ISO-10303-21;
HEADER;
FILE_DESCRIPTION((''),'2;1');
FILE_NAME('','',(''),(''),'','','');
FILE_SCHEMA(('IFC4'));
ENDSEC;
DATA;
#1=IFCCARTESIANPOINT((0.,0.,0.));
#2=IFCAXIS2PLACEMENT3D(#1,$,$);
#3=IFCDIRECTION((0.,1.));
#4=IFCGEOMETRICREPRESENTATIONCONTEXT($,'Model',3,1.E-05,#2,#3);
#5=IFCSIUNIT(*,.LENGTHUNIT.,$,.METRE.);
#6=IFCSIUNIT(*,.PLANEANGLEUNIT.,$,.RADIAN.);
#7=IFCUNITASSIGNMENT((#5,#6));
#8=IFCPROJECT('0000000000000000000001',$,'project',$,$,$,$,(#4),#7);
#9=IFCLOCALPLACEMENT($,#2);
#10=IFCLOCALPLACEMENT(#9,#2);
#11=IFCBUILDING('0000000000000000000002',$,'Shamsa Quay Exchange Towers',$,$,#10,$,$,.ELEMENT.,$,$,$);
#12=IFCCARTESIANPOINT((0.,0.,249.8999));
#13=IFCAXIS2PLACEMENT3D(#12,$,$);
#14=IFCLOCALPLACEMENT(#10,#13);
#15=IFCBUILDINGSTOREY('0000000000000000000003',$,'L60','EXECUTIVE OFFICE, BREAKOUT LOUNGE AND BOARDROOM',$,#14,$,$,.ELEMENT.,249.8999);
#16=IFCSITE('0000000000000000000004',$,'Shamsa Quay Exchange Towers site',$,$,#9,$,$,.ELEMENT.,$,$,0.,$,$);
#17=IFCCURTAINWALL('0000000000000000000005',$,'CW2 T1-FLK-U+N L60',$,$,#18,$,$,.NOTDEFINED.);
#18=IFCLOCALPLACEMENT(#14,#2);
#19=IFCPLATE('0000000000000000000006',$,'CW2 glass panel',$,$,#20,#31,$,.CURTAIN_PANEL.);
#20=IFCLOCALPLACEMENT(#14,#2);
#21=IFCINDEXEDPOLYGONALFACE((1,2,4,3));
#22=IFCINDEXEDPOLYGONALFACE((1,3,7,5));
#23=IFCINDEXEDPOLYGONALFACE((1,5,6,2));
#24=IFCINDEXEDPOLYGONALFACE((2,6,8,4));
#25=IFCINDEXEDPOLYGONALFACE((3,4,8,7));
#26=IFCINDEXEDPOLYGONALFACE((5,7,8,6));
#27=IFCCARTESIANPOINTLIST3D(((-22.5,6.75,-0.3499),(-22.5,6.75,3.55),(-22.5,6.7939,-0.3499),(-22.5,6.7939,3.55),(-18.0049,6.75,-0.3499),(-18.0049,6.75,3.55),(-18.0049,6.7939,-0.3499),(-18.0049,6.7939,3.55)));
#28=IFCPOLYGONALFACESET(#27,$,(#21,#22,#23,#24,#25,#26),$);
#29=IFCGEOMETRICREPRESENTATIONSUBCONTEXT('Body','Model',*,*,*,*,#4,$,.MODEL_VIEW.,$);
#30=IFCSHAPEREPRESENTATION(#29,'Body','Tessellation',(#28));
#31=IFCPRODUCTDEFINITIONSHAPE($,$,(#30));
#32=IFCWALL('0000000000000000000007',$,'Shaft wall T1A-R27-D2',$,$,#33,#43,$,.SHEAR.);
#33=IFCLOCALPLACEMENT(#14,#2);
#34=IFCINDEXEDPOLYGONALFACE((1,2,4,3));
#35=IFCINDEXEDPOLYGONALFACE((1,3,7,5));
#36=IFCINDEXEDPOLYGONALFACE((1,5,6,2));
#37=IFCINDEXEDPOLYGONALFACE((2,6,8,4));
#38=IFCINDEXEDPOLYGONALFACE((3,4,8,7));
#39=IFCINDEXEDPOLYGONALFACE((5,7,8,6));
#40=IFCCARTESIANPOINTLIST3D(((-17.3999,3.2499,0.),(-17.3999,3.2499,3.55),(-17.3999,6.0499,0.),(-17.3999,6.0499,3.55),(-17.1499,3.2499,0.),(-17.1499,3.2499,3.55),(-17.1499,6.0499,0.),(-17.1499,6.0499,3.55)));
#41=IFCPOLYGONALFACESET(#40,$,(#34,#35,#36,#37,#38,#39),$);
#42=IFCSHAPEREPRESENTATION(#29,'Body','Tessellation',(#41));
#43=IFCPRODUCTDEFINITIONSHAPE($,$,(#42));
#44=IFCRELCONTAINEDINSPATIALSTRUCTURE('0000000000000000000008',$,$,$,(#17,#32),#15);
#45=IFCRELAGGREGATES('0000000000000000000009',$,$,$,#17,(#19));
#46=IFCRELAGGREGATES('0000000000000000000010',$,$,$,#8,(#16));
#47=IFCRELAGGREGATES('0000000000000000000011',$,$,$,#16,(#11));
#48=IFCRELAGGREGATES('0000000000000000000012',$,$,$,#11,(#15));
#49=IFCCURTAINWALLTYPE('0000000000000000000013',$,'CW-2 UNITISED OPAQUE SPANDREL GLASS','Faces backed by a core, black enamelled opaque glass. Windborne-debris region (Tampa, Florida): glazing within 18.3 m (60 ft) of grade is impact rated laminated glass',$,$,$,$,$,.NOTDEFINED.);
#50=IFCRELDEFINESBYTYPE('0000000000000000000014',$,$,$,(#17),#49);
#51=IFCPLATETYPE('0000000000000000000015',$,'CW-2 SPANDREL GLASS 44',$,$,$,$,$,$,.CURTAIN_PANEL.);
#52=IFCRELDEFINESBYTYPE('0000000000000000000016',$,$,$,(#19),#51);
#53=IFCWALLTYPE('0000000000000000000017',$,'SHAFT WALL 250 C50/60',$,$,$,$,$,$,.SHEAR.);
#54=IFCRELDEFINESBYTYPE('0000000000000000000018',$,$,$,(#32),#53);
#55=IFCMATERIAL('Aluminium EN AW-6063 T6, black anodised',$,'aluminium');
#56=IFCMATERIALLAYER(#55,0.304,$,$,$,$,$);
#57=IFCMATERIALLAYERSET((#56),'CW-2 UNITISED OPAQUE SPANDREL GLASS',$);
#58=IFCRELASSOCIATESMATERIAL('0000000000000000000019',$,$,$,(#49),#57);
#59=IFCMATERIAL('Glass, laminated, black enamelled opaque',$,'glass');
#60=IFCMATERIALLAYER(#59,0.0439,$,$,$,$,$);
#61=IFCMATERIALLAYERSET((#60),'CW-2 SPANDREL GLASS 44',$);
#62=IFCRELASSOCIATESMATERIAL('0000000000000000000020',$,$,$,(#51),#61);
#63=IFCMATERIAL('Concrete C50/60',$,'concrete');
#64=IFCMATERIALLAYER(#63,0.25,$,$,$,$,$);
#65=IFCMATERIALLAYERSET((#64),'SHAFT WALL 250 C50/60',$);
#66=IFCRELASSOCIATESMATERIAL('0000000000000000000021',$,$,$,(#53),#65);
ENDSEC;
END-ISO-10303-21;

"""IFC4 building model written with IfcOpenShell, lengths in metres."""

from ifc_helpers import new_model, si_unit, direction, frame, frame_2d, origin, origin_2d, place, context, subcontext, project, spatial, rectangle, extrude, material, layer, layer_set, type_object, element, aggregate, save


model = new_model("IFC4")

# Units and contexts
model_context = context("Model", 3, precision=1e-05, world=origin(), true_north=direction((0.0, 1.0)))
body_context = subcontext(model_context, "Body", "Model", "MODEL_VIEW")
ifc_project = project(units=[si_unit("LENGTHUNIT", "METRE"), si_unit("PLANEANGLEUNIT", "RADIAN")], contexts=[model_context])

# Site, building, storey
site_placement = place(None, origin())
site = spatial("IfcSite", under=ifc_project, at=site_placement, Name="Shamsa Quay Exchange Towers site", CompositionType="ELEMENT", RefElevation=0.0)
building_placement = place(site_placement, origin())
building = spatial("IfcBuilding", under=site, at=building_placement, Name="Shamsa Quay Exchange Towers", CompositionType="ELEMENT")
storey_placement = place(building_placement, frame((0.0, 0.0, 249.8999)))
storey = spatial("IfcBuildingStorey", under=building, at=storey_placement, Name="L60", Description="EXECUTIVE OFFICE, BREAKOUT LOUNGE AND BOARDROOM", CompositionType="ELEMENT", Elevation=249.8999)

# Shared definitions
ifc_material_1 = material(Name="Aluminium EN AW-6063 T6, black anodised", Category="aluminium")

# Shared definitions
ifc_material_2 = material(Name="Concrete C50/60", Category="concrete")

# Curtain wall, plate
ifc_layer_1 = layer(ifc_material_1, 0.304)
ifc_layer_set_1 = layer_set([ifc_layer_1], Name="CW-2 UNITISED OPAQUE SPANDREL GLASS")
curtain_wall_type_1 = type_object("IfcCurtainWallType", Name="CW-2 UNITISED OPAQUE SPANDREL GLASS", Description="Faces backed by a core, black enamelled opaque glass. Windborne-debris region (Tampa, Florida): glazing within 18.3 m (60 ft) of grade is impact rated laminated glass", PredefinedType="NOTDEFINED", material=ifc_layer_set_1)
curtain_wall_1_placement = place(storey_placement, origin())
curtain_wall_1 = element("IfcCurtainWall", 1, at=curtain_wall_1_placement, inside=storey, type_object=curtain_wall_type_1, Name="CW2 T1-FLK-U+N L60", PredefinedType="NOTDEFINED")
ifc_material_3 = material(Name="Glass, laminated, black enamelled opaque", Category="glass")
ifc_layer_2 = layer(ifc_material_3, 0.0439)
ifc_layer_set_2 = layer_set([ifc_layer_2], Name="CW-2 SPANDREL GLASS 44")
plate_type_1 = type_object("IfcPlateType", Name="CW-2 SPANDREL GLASS 44", PredefinedType="CURTAIN_PANEL", material=ifc_layer_set_2)
plate_1_placement = place(storey_placement, frame((-20.2524, 6.772, -0.3499), z_axis=(0.0, 0.0, 1.0), x_axis=(-1.0, 0.0, 0.0)))
plate_1 = element("IfcPlate", 2, at=plate_1_placement, type_object=plate_type_1, Name="CW2 glass panel", PredefinedType="CURTAIN_PANEL", context=body_context, shape_type="SweptSolid", body=[
    extrude(rectangle(XDim=4.4951, YDim=0.0439, at=origin_2d()), origin(), (0.0, 0.0, 1.0), 3.8999),
])
aggregate(curtain_wall_1, [plate_1])

# Wall
ifc_layer_3 = layer(ifc_material_2, 0.25)
ifc_layer_set_3 = layer_set([ifc_layer_3], Name="SHAFT WALL 250 C50/60")
wall_type_1 = type_object("IfcWallType", Name="SHAFT WALL 250 C50/60", PredefinedType="SHEAR", material=ifc_layer_set_3)
wall_1_placement = place(storey_placement, frame((-17.2749, 3.25, 0.0), z_axis=(0.0, 0.0, 1.0), x_axis=(0.0, 1.0, 0.0)))
element("IfcWall", 3, at=wall_1_placement, inside=storey, type_object=wall_type_1, Name="Shaft wall T1A-R27-D2", PredefinedType="SHEAR", context=body_context, shape_type="SweptSolid", body=[
    extrude(rectangle(XDim=2.8, YDim=0.25, at=frame_2d((1.3999, 0.0))), origin(), (0.0, 0.0, 1.0), 3.55),
])

save(model, "model.ifc")
